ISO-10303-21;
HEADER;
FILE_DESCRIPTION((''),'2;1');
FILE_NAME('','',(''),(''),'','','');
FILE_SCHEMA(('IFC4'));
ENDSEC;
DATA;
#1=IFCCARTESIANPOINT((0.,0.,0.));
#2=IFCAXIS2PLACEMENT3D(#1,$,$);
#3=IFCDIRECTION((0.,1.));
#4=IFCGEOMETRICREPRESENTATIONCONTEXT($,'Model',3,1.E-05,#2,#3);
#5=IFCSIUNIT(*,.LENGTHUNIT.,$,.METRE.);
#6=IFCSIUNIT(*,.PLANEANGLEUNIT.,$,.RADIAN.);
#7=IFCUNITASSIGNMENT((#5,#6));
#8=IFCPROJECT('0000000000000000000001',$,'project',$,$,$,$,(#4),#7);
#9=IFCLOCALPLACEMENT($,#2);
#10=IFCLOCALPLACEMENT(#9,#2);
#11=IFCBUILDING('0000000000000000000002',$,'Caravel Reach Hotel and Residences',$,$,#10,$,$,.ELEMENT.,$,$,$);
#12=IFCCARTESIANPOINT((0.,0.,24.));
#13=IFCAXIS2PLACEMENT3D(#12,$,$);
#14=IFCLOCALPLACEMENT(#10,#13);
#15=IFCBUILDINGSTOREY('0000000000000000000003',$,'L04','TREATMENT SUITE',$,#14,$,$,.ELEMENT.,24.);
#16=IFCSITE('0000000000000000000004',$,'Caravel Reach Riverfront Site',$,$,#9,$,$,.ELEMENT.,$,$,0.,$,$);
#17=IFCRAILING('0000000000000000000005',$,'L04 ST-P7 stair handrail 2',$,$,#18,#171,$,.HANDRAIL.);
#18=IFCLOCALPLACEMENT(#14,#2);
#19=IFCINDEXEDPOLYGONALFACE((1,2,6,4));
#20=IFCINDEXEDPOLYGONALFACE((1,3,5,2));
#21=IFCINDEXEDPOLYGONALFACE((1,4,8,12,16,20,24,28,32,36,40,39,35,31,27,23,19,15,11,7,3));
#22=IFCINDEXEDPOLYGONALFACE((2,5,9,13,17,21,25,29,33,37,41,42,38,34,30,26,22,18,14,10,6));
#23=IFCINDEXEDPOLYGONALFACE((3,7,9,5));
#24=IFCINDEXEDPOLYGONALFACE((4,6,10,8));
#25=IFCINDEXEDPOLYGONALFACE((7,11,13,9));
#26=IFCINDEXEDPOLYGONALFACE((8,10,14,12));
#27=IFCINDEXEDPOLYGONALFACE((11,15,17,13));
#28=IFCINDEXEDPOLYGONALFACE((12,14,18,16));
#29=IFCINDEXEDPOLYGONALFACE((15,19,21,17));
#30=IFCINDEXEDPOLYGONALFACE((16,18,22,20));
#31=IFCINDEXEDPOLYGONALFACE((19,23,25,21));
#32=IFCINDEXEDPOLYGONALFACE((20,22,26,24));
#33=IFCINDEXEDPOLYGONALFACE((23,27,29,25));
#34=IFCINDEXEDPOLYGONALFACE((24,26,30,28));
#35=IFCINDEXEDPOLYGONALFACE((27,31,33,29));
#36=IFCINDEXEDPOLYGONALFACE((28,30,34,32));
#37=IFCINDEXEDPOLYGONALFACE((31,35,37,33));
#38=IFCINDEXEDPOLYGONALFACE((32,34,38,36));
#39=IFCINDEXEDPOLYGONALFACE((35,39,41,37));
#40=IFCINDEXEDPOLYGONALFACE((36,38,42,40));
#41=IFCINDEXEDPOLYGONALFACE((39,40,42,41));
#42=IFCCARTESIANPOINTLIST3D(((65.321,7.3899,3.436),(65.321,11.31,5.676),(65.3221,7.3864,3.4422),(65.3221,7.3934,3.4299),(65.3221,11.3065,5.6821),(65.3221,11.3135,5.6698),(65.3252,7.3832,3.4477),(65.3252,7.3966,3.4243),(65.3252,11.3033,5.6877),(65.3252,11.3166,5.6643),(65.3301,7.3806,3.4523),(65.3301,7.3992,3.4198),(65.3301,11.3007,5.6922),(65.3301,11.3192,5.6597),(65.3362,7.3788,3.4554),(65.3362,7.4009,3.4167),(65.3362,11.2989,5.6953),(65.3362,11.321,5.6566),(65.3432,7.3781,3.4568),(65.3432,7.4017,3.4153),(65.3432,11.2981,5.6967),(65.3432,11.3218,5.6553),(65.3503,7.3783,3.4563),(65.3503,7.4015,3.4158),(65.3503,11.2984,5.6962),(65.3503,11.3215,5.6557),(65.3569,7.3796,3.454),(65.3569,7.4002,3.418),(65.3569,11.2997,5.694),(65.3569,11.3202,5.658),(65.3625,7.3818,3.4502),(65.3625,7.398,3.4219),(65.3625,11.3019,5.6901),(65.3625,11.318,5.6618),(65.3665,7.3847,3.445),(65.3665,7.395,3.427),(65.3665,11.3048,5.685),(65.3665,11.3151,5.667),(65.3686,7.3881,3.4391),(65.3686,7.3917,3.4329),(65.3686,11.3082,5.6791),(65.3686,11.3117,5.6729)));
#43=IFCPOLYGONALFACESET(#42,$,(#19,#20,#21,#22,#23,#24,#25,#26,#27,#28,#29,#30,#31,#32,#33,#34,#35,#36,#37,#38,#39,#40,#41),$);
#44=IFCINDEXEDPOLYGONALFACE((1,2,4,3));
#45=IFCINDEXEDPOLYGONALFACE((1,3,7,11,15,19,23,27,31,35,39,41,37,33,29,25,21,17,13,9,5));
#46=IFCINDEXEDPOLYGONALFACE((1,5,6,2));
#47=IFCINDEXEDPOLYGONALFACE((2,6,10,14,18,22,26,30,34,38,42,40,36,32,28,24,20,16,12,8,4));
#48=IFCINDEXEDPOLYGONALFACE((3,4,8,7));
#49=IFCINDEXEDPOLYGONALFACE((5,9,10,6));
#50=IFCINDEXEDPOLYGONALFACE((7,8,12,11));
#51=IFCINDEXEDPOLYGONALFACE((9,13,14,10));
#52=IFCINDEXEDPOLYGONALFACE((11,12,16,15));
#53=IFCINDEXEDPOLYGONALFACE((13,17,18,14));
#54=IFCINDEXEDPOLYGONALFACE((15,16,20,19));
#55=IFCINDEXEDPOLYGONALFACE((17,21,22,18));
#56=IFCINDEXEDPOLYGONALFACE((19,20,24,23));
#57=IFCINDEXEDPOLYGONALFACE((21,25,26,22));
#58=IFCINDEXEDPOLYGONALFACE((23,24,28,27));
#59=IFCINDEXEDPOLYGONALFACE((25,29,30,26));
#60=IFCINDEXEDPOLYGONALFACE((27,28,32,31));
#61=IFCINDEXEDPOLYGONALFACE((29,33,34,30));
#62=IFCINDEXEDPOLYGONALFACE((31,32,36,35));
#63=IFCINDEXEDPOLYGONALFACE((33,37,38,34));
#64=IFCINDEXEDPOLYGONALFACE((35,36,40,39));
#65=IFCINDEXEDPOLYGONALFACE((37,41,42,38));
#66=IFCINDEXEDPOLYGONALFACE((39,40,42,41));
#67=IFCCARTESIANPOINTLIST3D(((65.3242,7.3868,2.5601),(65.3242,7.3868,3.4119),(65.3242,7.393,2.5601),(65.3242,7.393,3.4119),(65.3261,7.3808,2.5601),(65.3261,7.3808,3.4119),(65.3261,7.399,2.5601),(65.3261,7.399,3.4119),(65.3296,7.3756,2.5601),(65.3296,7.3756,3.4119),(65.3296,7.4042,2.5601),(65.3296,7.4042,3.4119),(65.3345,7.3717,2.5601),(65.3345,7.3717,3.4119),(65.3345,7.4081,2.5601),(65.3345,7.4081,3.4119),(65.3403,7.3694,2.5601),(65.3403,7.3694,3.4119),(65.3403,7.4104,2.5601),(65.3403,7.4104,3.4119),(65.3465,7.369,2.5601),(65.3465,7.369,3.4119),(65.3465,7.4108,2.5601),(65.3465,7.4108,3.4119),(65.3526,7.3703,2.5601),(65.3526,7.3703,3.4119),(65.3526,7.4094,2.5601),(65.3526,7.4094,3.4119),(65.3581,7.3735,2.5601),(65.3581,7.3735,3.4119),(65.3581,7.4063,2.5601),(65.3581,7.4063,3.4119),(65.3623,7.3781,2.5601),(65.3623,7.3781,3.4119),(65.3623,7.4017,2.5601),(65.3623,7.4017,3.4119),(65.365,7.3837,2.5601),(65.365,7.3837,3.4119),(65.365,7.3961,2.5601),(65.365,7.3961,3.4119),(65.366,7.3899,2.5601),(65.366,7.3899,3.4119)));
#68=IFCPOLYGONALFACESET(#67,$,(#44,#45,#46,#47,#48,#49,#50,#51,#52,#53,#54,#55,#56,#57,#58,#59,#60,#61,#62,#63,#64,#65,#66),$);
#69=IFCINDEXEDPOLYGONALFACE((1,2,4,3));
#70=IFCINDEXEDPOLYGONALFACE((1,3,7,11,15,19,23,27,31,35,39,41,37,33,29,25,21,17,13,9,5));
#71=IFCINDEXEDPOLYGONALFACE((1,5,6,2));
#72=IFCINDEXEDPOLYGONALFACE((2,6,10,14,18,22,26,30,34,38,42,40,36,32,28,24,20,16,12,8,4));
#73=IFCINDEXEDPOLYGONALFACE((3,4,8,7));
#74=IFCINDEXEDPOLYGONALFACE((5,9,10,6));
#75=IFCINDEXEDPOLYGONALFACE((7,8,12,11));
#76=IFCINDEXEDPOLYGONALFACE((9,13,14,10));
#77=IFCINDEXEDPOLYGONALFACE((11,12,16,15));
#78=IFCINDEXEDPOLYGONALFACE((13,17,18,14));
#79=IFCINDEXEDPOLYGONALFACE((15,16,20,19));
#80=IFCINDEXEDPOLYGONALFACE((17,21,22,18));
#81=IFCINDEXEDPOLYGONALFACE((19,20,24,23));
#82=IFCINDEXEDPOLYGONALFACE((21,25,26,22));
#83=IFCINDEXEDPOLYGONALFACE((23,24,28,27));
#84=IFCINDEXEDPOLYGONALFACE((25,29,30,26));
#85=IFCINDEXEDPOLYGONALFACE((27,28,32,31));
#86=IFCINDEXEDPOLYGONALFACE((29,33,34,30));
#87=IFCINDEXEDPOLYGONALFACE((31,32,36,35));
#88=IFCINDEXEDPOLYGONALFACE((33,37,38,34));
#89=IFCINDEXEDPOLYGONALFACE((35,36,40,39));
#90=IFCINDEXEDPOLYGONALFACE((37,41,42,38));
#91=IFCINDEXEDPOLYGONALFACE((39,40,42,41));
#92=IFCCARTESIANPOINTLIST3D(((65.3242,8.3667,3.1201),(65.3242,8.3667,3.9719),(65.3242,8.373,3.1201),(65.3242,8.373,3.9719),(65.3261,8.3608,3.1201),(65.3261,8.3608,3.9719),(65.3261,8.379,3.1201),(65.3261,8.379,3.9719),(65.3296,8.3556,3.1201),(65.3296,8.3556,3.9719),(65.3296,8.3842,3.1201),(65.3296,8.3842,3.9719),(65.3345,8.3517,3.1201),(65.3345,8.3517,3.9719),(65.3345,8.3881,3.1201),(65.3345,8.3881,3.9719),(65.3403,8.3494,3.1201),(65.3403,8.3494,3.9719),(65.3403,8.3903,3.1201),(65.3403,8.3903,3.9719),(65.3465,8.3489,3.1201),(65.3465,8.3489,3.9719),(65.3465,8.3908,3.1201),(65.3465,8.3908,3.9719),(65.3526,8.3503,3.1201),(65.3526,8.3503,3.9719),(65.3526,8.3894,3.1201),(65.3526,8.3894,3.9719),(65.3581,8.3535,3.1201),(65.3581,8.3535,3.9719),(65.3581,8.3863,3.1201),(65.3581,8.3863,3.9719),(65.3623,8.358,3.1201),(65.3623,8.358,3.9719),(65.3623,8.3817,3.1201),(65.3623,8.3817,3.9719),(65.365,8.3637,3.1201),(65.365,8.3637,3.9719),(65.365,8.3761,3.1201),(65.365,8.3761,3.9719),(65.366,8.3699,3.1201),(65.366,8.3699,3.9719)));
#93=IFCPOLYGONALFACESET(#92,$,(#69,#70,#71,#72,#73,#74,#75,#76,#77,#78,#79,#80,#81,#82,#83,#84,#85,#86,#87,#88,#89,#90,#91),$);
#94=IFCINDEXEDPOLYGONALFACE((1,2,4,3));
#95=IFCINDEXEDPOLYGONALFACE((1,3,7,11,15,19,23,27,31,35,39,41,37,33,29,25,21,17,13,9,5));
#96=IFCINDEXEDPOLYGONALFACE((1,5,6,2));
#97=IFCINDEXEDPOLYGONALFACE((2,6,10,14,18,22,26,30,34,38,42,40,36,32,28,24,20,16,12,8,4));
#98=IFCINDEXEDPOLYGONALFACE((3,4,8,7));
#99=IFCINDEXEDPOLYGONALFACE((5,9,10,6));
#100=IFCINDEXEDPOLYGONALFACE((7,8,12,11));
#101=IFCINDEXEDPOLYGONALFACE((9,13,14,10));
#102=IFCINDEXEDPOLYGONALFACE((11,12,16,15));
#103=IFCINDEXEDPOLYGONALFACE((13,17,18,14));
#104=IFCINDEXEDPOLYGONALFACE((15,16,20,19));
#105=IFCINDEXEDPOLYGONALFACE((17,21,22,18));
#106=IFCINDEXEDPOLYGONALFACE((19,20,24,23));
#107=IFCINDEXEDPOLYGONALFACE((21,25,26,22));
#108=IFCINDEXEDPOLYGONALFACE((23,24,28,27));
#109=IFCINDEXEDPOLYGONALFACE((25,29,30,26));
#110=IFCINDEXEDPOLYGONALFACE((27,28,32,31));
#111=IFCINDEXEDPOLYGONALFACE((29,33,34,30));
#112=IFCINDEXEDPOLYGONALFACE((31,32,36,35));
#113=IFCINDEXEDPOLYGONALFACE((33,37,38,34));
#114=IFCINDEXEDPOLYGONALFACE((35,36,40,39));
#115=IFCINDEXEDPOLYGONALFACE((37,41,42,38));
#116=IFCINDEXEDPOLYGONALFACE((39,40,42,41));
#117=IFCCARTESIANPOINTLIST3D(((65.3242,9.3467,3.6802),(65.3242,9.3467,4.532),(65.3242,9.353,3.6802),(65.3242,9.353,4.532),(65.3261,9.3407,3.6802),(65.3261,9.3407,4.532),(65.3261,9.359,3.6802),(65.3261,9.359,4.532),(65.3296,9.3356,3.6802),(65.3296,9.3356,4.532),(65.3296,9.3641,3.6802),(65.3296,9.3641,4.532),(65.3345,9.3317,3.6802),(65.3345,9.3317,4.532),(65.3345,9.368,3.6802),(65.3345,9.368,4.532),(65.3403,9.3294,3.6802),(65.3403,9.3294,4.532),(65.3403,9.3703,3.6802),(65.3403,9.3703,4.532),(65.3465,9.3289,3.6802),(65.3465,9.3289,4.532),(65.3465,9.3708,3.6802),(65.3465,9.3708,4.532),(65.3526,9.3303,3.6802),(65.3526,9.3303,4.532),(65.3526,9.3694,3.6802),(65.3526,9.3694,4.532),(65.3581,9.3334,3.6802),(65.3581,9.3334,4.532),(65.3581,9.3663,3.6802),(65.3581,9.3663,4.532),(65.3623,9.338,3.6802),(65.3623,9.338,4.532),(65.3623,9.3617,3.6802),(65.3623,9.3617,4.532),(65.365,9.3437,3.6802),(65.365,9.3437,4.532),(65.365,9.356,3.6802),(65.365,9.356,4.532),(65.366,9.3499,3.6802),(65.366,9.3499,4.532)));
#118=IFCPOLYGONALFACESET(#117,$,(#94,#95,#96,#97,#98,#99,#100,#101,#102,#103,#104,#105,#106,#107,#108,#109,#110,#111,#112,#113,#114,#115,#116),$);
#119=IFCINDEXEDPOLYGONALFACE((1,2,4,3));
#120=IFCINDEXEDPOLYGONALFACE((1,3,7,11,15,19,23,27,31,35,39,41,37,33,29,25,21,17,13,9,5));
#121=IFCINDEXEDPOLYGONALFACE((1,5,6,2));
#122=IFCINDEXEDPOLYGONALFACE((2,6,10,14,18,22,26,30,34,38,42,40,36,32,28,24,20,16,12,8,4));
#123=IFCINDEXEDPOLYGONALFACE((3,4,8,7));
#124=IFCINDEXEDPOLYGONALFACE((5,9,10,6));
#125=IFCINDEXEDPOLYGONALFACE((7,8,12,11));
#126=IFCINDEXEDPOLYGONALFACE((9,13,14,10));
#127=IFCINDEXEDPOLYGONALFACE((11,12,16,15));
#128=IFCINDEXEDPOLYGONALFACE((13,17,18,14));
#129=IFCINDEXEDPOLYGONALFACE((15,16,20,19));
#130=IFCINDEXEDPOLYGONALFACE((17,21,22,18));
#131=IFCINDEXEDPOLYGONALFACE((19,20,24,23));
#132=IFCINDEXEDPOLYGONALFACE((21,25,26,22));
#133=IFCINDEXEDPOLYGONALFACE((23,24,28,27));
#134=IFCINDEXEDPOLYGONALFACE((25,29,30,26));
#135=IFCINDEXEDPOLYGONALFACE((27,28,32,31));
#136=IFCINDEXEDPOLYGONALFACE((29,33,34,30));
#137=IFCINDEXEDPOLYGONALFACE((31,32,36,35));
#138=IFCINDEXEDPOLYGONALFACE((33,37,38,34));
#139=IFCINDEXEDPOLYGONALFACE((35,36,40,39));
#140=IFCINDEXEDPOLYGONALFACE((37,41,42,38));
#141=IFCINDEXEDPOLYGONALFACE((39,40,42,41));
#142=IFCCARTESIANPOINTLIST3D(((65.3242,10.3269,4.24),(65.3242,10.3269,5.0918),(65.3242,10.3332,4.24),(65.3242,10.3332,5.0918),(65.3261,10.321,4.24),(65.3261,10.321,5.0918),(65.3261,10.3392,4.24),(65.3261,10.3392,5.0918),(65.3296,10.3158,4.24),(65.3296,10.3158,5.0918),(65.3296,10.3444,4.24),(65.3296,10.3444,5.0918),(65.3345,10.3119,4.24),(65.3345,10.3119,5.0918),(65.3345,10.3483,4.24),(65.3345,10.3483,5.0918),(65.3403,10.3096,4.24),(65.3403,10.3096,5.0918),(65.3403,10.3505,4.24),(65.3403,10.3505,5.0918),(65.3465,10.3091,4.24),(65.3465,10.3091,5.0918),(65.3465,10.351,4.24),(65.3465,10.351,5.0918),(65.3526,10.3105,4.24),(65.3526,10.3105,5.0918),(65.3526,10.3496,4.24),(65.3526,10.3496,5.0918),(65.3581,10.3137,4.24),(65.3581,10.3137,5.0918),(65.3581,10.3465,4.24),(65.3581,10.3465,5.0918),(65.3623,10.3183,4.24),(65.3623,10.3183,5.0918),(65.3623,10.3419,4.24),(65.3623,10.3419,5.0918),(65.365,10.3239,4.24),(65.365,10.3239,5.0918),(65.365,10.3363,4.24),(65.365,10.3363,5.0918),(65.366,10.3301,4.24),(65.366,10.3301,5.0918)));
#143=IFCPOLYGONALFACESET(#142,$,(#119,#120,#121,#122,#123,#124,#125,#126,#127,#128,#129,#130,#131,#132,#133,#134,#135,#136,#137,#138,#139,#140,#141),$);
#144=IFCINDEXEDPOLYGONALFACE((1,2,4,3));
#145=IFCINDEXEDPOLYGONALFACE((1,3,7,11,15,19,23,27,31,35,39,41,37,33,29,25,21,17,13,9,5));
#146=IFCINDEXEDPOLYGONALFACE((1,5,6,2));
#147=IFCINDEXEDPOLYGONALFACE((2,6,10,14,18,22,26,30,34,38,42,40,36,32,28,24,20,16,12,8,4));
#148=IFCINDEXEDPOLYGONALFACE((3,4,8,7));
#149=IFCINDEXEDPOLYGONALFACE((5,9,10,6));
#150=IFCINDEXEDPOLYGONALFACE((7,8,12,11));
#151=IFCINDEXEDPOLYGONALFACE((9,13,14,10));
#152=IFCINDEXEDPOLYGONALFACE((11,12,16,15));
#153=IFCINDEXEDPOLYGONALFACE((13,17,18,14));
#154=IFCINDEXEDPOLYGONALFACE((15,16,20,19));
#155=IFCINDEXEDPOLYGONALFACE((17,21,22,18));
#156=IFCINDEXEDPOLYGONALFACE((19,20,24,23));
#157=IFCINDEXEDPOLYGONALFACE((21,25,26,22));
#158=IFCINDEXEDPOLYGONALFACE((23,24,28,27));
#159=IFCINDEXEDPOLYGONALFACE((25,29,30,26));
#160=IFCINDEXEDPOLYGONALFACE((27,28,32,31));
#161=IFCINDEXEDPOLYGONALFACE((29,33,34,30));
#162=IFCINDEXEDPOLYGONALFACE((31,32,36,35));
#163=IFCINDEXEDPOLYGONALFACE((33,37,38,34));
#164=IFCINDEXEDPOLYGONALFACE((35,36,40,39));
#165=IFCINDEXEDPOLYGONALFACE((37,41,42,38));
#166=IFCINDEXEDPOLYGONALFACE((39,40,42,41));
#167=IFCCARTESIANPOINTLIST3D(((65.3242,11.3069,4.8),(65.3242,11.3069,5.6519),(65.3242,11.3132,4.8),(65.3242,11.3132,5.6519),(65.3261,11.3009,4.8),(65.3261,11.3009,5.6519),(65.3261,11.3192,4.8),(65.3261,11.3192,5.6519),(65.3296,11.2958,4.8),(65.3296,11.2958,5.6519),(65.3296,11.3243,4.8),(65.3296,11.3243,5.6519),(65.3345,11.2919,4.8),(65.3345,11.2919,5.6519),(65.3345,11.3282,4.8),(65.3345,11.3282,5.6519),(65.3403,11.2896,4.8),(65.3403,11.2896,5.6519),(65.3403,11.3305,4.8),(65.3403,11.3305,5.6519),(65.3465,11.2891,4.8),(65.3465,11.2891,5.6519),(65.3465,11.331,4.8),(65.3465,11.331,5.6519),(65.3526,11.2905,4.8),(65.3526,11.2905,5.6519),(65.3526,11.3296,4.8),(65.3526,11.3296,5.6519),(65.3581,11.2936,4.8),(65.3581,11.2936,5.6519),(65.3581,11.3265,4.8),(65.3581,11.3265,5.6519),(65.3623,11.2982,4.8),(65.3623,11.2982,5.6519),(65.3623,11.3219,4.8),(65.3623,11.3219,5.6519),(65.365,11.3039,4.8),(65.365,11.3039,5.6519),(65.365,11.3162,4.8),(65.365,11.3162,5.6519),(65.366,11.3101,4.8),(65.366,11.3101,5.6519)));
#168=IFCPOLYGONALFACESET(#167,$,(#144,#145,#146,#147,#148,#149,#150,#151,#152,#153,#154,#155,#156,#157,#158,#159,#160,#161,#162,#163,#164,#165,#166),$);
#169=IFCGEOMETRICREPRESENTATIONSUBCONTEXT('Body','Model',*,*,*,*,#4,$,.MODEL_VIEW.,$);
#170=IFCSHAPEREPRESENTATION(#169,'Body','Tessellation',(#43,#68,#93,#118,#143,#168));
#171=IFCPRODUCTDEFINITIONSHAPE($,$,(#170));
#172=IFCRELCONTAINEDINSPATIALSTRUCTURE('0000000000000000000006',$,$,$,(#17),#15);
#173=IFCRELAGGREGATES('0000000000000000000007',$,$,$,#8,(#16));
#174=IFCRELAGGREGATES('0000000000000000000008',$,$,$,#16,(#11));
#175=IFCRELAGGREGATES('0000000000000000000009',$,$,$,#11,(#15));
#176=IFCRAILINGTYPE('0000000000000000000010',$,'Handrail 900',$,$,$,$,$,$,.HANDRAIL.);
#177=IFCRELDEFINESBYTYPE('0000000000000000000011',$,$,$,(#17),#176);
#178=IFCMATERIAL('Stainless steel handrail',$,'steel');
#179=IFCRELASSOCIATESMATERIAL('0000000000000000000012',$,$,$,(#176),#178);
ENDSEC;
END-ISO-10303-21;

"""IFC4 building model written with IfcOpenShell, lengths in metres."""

from ifc_helpers import new_model, si_unit, direction, frame, origin, origin_2d, place, context, subcontext, project, spatial, circle, extrude, material, type_object, element, save


model = new_model("IFC4")

# Units and contexts
model_context = context("Model", 3, precision=1e-05, world=origin(), true_north=direction((0.0, 1.0)))
body_context = subcontext(model_context, "Body", "Model", "MODEL_VIEW")
ifc_project = project(units=[si_unit("LENGTHUNIT", "METRE"), si_unit("PLANEANGLEUNIT", "RADIAN")], contexts=[model_context])

# Site, building, storey
site_placement = place(None, origin())
site = spatial("IfcSite", under=ifc_project, at=site_placement, Name="Caravel Reach Riverfront Site", CompositionType="ELEMENT", RefElevation=0.0)
building_placement = place(site_placement, origin())
building = spatial("IfcBuilding", under=site, at=building_placement, Name="Caravel Reach Hotel and Residences", CompositionType="ELEMENT")
storey_placement = place(building_placement, frame((0.0, 0.0, 24.0)))
storey = spatial("IfcBuildingStorey", under=building, at=storey_placement, Name="L04", Description="TREATMENT SUITE", CompositionType="ELEMENT", Elevation=24.0)

# Railing
ifc_material_1 = material(Name="Stainless steel handrail", Category="steel")
railing_type_1 = type_object("IfcRailingType", Name="Handrail 900", PredefinedType="HANDRAIL", material=ifc_material_1)
railing_1_placement = place(storey_placement, frame((65.345, 7.3899, 2.5601)))
element("IfcRailing", 1, at=railing_1_placement, inside=storey, type_object=railing_type_1, Name="L04 ST-P7 stair handrail 2", PredefinedType="HANDRAIL", context=body_context, shape_type="SweptSolid", body=[
    extrude(circle(Radius=0.0239, at=origin_2d()), frame((0.0, 0.0, 0.876), z_axis=(0.0, 0.868253, 0.496121), x_axis=(-1.0, 0.0, 0.0)), (0.0, 0.0, 1.0), 4.5149),
    extrude(circle(Radius=0.021, at=origin_2d()), origin(), (0.0, 0.0, 1.0), 0.8518),
    extrude(circle(Radius=0.021, at=origin_2d()), frame((0.0, 0.98, 0.5601)), (0.0, 0.0, 1.0), 0.8518),
    extrude(circle(Radius=0.021, at=origin_2d()), frame((0.0, 1.96, 1.1201)), (0.0, 0.0, 1.0), 0.8518),
    extrude(circle(Radius=0.021, at=origin_2d()), frame((0.0, 2.9402, 1.6799)), (0.0, 0.0, 1.0), 0.8518),
    extrude(circle(Radius=0.021, at=origin_2d()), frame((0.0, 3.9202, 2.24)), (0.0, 0.0, 1.0), 0.8518),
])

save(model, "model.ifc")
